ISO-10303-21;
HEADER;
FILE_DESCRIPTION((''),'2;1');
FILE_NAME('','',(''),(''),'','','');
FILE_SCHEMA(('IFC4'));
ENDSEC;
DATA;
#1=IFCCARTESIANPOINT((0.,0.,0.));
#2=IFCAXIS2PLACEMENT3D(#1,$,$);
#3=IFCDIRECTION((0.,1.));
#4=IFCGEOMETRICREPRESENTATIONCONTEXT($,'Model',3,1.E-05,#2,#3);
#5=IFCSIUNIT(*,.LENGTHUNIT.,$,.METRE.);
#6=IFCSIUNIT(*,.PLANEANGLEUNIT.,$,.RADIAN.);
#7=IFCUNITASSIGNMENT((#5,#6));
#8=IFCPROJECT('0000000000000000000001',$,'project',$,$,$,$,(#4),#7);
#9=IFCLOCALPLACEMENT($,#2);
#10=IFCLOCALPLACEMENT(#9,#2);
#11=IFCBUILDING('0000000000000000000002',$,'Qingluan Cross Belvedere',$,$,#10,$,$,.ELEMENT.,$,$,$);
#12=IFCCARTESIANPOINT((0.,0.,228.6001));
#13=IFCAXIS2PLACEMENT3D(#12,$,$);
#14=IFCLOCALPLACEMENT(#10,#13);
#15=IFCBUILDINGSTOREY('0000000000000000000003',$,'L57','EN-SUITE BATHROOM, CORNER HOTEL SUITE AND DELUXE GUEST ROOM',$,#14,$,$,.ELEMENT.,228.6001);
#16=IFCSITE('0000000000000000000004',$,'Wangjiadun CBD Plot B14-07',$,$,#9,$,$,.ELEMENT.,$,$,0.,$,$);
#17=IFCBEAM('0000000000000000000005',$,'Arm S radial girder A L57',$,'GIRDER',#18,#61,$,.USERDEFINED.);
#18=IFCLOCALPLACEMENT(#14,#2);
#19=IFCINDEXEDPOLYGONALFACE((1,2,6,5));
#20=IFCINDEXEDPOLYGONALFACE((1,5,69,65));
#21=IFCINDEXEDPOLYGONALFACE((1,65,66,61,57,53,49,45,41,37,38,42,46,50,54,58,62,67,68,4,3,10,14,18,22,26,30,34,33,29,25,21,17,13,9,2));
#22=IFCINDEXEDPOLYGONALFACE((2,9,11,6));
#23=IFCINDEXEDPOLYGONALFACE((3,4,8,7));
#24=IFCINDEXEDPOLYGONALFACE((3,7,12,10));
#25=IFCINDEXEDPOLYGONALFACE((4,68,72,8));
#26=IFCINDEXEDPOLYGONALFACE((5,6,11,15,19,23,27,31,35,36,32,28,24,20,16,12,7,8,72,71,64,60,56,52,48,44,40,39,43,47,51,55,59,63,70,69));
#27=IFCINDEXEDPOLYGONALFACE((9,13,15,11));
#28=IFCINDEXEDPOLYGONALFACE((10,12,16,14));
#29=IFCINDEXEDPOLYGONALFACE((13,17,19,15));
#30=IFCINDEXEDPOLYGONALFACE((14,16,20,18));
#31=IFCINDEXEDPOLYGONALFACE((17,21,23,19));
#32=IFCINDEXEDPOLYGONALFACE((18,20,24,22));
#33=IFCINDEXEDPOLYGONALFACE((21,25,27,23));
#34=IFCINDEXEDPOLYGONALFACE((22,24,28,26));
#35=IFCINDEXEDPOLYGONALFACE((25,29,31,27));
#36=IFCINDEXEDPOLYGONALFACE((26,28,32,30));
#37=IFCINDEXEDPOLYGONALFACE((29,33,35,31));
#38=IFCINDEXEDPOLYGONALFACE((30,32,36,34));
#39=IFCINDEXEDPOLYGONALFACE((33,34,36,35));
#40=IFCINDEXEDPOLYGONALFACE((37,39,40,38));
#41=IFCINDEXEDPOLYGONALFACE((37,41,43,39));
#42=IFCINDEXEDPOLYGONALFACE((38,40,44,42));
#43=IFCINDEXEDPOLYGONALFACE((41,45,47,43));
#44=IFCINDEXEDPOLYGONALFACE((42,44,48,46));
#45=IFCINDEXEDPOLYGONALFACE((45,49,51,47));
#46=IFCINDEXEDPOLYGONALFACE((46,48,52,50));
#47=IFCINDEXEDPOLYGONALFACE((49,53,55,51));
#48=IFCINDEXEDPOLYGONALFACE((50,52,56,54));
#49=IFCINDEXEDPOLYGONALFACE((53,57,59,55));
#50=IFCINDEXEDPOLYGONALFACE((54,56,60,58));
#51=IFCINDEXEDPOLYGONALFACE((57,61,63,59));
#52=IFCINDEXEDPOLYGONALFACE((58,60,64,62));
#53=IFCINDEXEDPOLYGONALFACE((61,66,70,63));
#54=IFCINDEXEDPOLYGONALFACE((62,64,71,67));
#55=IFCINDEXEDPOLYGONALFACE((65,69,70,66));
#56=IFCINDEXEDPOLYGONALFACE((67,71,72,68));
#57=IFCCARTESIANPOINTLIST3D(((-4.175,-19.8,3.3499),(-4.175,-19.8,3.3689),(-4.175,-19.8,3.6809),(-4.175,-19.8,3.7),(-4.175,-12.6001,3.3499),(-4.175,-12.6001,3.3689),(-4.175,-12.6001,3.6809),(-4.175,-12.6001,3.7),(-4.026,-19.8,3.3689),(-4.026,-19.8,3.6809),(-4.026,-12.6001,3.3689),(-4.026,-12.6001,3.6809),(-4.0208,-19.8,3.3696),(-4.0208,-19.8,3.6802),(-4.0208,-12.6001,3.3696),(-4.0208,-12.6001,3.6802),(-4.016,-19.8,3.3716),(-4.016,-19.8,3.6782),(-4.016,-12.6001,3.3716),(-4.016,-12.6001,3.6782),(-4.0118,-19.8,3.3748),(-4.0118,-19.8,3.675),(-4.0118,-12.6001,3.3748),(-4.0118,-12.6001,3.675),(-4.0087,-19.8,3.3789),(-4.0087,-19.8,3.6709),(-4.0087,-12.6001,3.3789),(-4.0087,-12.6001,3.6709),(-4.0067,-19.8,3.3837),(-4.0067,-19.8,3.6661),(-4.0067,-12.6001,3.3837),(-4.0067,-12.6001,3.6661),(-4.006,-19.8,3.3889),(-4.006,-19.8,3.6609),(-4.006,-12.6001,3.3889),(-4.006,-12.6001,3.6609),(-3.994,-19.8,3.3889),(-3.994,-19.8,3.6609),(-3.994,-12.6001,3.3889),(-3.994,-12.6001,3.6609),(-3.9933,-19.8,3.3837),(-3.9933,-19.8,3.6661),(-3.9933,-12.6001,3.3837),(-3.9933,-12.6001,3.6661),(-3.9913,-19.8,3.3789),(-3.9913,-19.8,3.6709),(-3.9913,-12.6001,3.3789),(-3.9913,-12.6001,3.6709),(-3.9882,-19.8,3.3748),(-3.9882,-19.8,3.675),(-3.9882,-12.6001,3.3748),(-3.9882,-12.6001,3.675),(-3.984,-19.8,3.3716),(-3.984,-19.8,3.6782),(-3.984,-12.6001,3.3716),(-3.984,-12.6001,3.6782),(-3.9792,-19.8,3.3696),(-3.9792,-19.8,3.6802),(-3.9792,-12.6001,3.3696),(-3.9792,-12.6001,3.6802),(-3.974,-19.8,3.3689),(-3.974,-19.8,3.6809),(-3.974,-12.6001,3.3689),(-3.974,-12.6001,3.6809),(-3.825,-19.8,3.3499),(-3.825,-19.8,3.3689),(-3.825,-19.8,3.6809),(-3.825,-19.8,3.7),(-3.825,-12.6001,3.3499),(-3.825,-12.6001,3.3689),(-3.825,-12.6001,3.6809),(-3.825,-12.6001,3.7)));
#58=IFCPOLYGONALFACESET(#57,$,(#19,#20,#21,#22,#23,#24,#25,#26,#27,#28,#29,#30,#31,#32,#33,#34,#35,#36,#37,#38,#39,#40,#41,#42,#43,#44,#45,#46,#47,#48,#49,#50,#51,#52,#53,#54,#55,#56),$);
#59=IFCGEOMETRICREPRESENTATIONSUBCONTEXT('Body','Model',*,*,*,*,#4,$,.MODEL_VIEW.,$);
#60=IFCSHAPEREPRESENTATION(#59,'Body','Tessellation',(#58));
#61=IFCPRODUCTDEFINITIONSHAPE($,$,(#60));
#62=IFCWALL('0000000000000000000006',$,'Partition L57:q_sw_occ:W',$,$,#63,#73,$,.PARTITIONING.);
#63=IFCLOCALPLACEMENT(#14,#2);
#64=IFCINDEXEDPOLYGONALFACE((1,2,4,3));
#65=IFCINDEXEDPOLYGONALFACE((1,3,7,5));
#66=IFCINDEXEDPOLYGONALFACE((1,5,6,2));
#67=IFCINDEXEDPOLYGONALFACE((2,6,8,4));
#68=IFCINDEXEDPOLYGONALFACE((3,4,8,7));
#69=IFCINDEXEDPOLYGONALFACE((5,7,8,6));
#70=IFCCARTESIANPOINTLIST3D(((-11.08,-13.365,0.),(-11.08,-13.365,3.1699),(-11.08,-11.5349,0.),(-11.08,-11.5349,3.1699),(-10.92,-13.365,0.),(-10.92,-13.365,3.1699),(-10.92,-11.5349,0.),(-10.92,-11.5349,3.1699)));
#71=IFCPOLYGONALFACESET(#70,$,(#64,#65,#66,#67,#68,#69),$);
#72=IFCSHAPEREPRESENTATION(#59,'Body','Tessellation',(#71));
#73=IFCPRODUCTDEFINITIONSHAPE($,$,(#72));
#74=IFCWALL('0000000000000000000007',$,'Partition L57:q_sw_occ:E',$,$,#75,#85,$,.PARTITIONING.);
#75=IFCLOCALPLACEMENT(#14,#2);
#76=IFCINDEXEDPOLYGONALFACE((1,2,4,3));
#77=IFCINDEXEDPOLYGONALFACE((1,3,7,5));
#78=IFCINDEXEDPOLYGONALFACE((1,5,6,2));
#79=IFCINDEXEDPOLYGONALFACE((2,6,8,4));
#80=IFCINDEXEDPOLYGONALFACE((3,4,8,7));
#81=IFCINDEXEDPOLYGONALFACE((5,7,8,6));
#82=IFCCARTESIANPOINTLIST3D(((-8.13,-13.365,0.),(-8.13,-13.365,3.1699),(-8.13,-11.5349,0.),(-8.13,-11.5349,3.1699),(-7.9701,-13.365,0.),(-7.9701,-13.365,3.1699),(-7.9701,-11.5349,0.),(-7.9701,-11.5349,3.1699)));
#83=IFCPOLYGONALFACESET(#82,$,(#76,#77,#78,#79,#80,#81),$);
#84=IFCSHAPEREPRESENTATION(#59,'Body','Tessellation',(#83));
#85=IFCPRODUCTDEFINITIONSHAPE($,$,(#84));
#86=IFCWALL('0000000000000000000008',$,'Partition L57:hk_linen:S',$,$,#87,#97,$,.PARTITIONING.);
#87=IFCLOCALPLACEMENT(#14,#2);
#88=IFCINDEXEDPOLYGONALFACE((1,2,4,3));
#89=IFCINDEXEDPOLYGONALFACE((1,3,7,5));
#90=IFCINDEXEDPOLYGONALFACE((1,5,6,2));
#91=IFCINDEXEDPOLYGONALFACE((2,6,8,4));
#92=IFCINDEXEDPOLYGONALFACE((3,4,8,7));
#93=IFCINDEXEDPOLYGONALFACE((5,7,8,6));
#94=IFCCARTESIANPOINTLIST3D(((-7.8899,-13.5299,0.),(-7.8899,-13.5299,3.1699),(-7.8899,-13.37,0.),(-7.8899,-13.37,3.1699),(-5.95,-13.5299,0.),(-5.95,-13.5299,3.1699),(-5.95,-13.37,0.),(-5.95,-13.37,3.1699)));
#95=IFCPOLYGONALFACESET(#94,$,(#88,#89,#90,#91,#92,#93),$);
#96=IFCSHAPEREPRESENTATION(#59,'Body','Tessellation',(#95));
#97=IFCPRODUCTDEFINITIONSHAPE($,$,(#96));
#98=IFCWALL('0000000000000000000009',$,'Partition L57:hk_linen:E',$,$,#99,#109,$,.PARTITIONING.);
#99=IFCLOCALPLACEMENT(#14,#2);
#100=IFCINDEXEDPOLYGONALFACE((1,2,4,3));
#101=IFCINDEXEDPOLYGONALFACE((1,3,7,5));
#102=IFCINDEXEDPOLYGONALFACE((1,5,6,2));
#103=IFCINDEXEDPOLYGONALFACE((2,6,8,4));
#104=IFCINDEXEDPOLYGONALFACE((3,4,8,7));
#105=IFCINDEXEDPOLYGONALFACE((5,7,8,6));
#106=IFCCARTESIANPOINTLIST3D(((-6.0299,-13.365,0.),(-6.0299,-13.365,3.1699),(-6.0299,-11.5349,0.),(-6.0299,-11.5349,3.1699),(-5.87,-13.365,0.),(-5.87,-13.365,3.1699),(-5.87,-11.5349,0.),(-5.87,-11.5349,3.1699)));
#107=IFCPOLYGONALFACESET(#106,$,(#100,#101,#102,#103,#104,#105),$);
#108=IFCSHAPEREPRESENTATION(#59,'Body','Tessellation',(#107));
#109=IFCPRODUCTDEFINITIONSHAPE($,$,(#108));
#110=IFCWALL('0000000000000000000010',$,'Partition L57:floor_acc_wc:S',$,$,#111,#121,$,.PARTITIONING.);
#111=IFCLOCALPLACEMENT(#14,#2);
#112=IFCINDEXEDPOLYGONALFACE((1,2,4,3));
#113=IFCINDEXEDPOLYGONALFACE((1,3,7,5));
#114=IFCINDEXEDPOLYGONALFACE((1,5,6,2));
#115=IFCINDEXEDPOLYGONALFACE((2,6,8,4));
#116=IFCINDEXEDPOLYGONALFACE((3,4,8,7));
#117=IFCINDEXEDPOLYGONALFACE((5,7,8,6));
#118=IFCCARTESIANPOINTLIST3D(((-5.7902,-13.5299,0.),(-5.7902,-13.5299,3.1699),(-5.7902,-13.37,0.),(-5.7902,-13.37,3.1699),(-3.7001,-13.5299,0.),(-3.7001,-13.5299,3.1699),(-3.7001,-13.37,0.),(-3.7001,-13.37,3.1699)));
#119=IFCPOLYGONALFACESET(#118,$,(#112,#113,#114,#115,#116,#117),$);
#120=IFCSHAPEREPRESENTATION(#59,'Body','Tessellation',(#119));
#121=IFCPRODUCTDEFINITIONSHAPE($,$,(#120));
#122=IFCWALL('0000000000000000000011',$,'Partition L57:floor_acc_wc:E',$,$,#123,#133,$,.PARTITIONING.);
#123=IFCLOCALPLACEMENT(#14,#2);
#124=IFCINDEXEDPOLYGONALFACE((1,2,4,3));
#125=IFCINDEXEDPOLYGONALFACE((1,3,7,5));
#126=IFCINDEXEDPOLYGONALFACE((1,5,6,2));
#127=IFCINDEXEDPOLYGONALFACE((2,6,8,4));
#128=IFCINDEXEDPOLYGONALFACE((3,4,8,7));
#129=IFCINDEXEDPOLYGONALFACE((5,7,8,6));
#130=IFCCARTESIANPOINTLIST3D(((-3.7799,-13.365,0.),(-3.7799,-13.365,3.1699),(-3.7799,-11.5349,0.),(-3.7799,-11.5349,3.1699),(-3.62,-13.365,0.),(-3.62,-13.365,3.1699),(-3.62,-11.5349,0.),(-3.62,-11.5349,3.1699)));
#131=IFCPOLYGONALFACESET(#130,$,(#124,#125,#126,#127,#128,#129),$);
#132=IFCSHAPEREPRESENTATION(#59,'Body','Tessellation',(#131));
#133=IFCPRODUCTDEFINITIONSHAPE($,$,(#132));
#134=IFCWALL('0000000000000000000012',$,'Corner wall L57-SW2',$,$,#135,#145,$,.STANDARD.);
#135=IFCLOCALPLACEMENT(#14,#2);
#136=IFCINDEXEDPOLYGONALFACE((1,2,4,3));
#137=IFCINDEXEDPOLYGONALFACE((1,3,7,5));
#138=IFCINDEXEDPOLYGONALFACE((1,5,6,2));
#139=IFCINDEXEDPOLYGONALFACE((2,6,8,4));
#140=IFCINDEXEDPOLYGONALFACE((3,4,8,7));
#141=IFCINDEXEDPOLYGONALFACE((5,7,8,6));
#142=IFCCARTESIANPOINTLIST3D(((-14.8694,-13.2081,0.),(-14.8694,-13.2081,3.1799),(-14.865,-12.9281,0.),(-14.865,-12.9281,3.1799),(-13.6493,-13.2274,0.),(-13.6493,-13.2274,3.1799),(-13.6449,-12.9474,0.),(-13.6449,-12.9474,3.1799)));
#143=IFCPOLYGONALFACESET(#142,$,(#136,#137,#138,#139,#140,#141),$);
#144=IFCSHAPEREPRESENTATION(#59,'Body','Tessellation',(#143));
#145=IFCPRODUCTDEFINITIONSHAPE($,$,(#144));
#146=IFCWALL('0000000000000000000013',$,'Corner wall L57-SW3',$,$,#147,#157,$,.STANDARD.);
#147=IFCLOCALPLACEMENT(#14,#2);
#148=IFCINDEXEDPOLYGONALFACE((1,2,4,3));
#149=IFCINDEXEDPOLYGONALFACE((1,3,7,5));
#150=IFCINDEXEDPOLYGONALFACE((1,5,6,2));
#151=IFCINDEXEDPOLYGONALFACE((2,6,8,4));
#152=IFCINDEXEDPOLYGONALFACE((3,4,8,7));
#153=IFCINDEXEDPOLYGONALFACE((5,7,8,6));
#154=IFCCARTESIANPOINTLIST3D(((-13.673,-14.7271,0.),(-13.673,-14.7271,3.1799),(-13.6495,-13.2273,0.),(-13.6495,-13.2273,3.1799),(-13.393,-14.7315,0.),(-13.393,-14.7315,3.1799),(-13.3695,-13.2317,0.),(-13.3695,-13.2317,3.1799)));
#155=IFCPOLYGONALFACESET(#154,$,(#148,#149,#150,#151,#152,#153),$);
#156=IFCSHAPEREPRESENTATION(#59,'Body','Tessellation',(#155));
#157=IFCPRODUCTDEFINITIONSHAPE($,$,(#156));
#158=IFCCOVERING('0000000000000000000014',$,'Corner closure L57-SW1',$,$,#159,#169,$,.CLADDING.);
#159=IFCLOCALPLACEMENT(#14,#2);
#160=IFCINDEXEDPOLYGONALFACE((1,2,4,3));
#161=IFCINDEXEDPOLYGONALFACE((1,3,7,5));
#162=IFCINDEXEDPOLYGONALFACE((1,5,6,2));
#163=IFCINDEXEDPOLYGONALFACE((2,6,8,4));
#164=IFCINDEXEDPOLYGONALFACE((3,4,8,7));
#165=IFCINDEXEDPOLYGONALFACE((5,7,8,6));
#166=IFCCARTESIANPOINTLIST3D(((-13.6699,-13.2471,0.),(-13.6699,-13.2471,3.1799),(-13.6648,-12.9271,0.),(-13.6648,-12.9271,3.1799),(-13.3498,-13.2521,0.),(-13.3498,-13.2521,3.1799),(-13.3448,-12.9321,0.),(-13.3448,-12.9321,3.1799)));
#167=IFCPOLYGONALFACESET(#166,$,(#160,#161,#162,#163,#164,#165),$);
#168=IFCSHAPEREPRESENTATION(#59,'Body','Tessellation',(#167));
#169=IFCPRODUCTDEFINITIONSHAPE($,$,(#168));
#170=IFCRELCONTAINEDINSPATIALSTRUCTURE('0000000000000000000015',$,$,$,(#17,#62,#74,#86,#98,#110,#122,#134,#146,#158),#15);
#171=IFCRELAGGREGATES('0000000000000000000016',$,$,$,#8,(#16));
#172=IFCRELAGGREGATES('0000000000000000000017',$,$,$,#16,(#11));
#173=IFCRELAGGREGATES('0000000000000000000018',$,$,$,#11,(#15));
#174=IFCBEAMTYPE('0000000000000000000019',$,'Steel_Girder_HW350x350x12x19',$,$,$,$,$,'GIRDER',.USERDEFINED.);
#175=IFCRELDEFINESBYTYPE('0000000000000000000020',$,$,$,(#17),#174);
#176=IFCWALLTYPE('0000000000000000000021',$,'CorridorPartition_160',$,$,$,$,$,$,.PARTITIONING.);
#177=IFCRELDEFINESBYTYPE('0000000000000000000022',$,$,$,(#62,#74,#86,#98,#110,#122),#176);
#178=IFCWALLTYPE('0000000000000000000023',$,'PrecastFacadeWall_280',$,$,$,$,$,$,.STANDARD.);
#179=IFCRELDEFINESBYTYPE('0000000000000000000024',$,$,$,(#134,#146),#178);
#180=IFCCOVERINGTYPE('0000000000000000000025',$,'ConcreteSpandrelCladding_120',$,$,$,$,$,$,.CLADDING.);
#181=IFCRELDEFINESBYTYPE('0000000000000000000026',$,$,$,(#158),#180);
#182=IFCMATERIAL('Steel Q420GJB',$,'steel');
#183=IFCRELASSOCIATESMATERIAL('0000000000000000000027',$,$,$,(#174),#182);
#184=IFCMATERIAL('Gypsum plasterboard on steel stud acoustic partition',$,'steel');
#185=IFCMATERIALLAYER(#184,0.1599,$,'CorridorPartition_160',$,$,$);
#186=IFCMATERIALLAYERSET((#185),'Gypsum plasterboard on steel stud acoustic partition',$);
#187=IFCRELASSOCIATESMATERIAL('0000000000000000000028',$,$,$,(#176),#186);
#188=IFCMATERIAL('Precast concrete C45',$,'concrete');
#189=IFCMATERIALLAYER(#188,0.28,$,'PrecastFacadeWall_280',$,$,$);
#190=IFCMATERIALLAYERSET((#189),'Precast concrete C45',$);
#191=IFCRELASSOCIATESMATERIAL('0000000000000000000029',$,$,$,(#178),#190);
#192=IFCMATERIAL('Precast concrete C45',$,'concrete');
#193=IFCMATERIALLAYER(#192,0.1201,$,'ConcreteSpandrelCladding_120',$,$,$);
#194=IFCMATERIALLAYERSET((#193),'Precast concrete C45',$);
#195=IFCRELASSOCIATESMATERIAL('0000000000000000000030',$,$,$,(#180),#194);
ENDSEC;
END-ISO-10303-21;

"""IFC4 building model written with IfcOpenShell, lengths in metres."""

from ifc_helpers import new_model, si_unit, direction, frame, frame_2d, origin, origin_2d, place, context, subcontext, project, spatial, rectangle, i_section, extrude, material, layer, layer_set, material_profile, profile_set, type_object, element, save


model = new_model("IFC4")

# Units and contexts
model_context = context("Model", 3, precision=1e-05, world=origin(), true_north=direction((0.0, 1.0)))
body_context = subcontext(model_context, "Body", "Model", "MODEL_VIEW")
ifc_project = project(units=[si_unit("LENGTHUNIT", "METRE"), si_unit("PLANEANGLEUNIT", "RADIAN")], contexts=[model_context])

# Site, building, storey
site_placement = place(None, origin())
site = spatial("IfcSite", under=ifc_project, at=site_placement, Name="Wangjiadun CBD Plot B14-07", CompositionType="ELEMENT", RefElevation=0.0)
building_placement = place(site_placement, origin())
building = spatial("IfcBuilding", under=site, at=building_placement, Name="Qingluan Cross Belvedere", CompositionType="ELEMENT")
storey_placement = place(building_placement, frame((0.0, 0.0, 228.6001)))
storey = spatial("IfcBuildingStorey", under=building, at=storey_placement, Name="L57", Description="EN-SUITE BATHROOM, CORNER HOTEL SUITE AND DELUXE GUEST ROOM", CompositionType="ELEMENT", Elevation=228.6001)

# Beam
ifc_material_1 = material(Name="Steel Q420GJB", Category="steel")
ifc_material_profile_1 = material_profile(ifc_material_1, i_section(OverallWidth=0.3501, OverallDepth=0.3501, WebThickness=0.012, FlangeThickness=0.019, FilletRadius=0.02, at=origin_2d()), Name="HW350x350x12x19")
ifc_profile_set_1 = profile_set([ifc_material_profile_1], Name="Steel Q420GJB")
beam_type_1 = type_object("IfcBeamType", Name="Steel_Girder_HW350x350x12x19", ElementType="GIRDER", PredefinedType="USERDEFINED", material=ifc_profile_set_1)
beam_1_placement = place(storey_placement, frame((-4.0, -12.6001, 3.5249), z_axis=(0.0, -1.0, 0.0), x_axis=(1.0, 0.0, 0.0)))
element("IfcBeam", 1, at=beam_1_placement, inside=storey, type_object=beam_type_1, Name="Arm S radial girder A L57", ObjectType="GIRDER", PredefinedType="USERDEFINED", context=body_context, shape_type="SweptSolid", body=[
    extrude(i_section(OverallWidth=0.3501, OverallDepth=0.3501, WebThickness=0.012, FlangeThickness=0.019, FilletRadius=0.02, at=origin_2d()), origin(), (0.0, 0.0, 1.0), 7.2),
])

# Shared definitions
ifc_material_2 = material(Name="Gypsum plasterboard on steel stud acoustic partition", Category="steel")
ifc_layer_1 = layer(ifc_material_2, 0.1599, Name="CorridorPartition_160")
ifc_layer_set_1 = layer_set([ifc_layer_1], Name="Gypsum plasterboard on steel stud acoustic partition")
wall_type_1 = type_object("IfcWallType", Name="CorridorPartition_160", PredefinedType="PARTITIONING", material=ifc_layer_set_1)

# Walls
for number, where, z_axis, x_axis, name in (
    (2, (-11.0, -13.365, 0.0), (0.0, 0.0, 1.0), (0.0, 1.0, 0.0), "Partition L57:q_sw_occ:W"),
    (3, (-8.05, -13.365, 0.0), (0.0, 0.0, 1.0), (0.0, 1.0, 0.0), "Partition L57:q_sw_occ:E"),
):
    element("IfcWall", number, at=place(storey_placement, frame(where, z_axis=z_axis, x_axis=x_axis)), inside=storey, type_object=wall_type_1, Name=name, PredefinedType="PARTITIONING", context=body_context, shape_type="SweptSolid", body=[
        extrude(rectangle(XDim=1.8301, YDim=0.1599, at=frame_2d((0.915, 0.0))), origin(), (0.0, 0.0, 1.0), 3.1699),
    ])
wall_1_placement = place(storey_placement, frame((-7.8899, -13.45, 0.0), z_axis=(0.0, 0.0, 1.0), x_axis=(1.0, 0.0, 0.0)))
element("IfcWall", 4, at=wall_1_placement, inside=storey, type_object=wall_type_1, Name="Partition L57:hk_linen:S", PredefinedType="PARTITIONING", context=body_context, shape_type="SweptSolid", body=[
    extrude(rectangle(XDim=1.9399, YDim=0.1599, at=frame_2d((0.97, 0.0))), origin(), (0.0, 0.0, 1.0), 3.1699),
])
wall_2_placement = place(storey_placement, frame((-5.95, -13.365, 0.0), z_axis=(0.0, 0.0, 1.0), x_axis=(0.0, 1.0, 0.0)))
element("IfcWall", 5, at=wall_2_placement, inside=storey, type_object=wall_type_1, Name="Partition L57:hk_linen:E", PredefinedType="PARTITIONING", context=body_context, shape_type="SweptSolid", body=[
    extrude(rectangle(XDim=1.8301, YDim=0.1599, at=frame_2d((0.915, 0.0))), origin(), (0.0, 0.0, 1.0), 3.1699),
])
wall_3_placement = place(storey_placement, frame((-5.79, -13.45, 0.0), z_axis=(0.0, 0.0, 1.0), x_axis=(1.0, 0.0, 0.0)))
element("IfcWall", 6, at=wall_3_placement, inside=storey, type_object=wall_type_1, Name="Partition L57:floor_acc_wc:S", PredefinedType="PARTITIONING", context=body_context, shape_type="SweptSolid", body=[
    extrude(rectangle(XDim=2.0901, YDim=0.1599, at=frame_2d((1.0449, 0.0))), origin(), (0.0, 0.0, 1.0), 3.1699),
])
wall_4_placement = place(storey_placement, frame((-3.7, -13.365, 0.0), z_axis=(0.0, 0.0, 1.0), x_axis=(0.0, 1.0, 0.0)))
element("IfcWall", 7, at=wall_4_placement, inside=storey, type_object=wall_type_1, Name="Partition L57:floor_acc_wc:E", PredefinedType="PARTITIONING", context=body_context, shape_type="SweptSolid", body=[
    extrude(rectangle(XDim=1.8301, YDim=0.1599, at=frame_2d((0.915, 0.0))), origin(), (0.0, 0.0, 1.0), 3.1699),
])
ifc_material_3 = material(Name="Precast concrete C45", Category="concrete")
ifc_layer_2 = layer(ifc_material_3, 0.28, Name="PrecastFacadeWall_280")
ifc_layer_set_2 = layer_set([ifc_layer_2], Name="Precast concrete C45")
wall_type_2 = type_object("IfcWallType", Name="PrecastFacadeWall_280", PredefinedType="STANDARD", material=ifc_layer_set_2)
wall_5_placement = place(storey_placement, frame((-14.8672, -13.0681, 0.0), z_axis=(0.0, 0.0, 1.0), x_axis=(0.999875, -0.015808, 0.0)))
element("IfcWall", 8, at=wall_5_placement, inside=storey, type_object=wall_type_2, Name="Corner wall L57-SW2", PredefinedType="STANDARD", context=body_context, shape_type="SweptSolid", body=[
    extrude(rectangle(XDim=1.2202, YDim=0.28, at=frame_2d((0.6101, 0.0))), origin(), (0.0, 0.0, 1.0), 3.1799),
])
wall_6_placement = place(storey_placement, frame((-13.5095, -13.2295, 0.0), z_axis=(0.0, 0.0, 1.0), x_axis=(-0.015626, -0.999878, 0.0)))
element("IfcWall", 9, at=wall_6_placement, inside=storey, type_object=wall_type_2, Name="Corner wall L57-SW3", PredefinedType="STANDARD", context=body_context, shape_type="SweptSolid", body=[
    extrude(rectangle(XDim=1.5, YDim=0.28, at=frame_2d((0.75, 0.0))), origin(), (0.0, 0.0, 1.0), 3.1799),
])

# Covering
ifc_material_4 = material(Name="Precast concrete C45", Category="concrete")
ifc_layer_3 = layer(ifc_material_4, 0.1201, Name="ConcreteSpandrelCladding_120")
ifc_layer_set_3 = layer_set([ifc_layer_3], Name="Precast concrete C45")
covering_type = type_object("IfcCoveringType", Name="ConcreteSpandrelCladding_120", PredefinedType="CLADDING", material=ifc_layer_set_3)
covering_placement = place(storey_placement, frame((-13.5073, -13.0896, 0.0), z_axis=(0.0, 0.0, 1.0), x_axis=(0.999877, -0.015707, 0.0)))
element("IfcCovering", 10, at=covering_placement, inside=storey, type_object=covering_type, Name="Corner closure L57-SW1", PredefinedType="CLADDING", context=body_context, shape_type="SweptSolid", body=[
    extrude(rectangle(XDim=0.3201, YDim=0.3201, at=origin_2d()), origin(), (0.0, 0.0, 1.0), 3.1799),
])

save(model, "model.ifc")
